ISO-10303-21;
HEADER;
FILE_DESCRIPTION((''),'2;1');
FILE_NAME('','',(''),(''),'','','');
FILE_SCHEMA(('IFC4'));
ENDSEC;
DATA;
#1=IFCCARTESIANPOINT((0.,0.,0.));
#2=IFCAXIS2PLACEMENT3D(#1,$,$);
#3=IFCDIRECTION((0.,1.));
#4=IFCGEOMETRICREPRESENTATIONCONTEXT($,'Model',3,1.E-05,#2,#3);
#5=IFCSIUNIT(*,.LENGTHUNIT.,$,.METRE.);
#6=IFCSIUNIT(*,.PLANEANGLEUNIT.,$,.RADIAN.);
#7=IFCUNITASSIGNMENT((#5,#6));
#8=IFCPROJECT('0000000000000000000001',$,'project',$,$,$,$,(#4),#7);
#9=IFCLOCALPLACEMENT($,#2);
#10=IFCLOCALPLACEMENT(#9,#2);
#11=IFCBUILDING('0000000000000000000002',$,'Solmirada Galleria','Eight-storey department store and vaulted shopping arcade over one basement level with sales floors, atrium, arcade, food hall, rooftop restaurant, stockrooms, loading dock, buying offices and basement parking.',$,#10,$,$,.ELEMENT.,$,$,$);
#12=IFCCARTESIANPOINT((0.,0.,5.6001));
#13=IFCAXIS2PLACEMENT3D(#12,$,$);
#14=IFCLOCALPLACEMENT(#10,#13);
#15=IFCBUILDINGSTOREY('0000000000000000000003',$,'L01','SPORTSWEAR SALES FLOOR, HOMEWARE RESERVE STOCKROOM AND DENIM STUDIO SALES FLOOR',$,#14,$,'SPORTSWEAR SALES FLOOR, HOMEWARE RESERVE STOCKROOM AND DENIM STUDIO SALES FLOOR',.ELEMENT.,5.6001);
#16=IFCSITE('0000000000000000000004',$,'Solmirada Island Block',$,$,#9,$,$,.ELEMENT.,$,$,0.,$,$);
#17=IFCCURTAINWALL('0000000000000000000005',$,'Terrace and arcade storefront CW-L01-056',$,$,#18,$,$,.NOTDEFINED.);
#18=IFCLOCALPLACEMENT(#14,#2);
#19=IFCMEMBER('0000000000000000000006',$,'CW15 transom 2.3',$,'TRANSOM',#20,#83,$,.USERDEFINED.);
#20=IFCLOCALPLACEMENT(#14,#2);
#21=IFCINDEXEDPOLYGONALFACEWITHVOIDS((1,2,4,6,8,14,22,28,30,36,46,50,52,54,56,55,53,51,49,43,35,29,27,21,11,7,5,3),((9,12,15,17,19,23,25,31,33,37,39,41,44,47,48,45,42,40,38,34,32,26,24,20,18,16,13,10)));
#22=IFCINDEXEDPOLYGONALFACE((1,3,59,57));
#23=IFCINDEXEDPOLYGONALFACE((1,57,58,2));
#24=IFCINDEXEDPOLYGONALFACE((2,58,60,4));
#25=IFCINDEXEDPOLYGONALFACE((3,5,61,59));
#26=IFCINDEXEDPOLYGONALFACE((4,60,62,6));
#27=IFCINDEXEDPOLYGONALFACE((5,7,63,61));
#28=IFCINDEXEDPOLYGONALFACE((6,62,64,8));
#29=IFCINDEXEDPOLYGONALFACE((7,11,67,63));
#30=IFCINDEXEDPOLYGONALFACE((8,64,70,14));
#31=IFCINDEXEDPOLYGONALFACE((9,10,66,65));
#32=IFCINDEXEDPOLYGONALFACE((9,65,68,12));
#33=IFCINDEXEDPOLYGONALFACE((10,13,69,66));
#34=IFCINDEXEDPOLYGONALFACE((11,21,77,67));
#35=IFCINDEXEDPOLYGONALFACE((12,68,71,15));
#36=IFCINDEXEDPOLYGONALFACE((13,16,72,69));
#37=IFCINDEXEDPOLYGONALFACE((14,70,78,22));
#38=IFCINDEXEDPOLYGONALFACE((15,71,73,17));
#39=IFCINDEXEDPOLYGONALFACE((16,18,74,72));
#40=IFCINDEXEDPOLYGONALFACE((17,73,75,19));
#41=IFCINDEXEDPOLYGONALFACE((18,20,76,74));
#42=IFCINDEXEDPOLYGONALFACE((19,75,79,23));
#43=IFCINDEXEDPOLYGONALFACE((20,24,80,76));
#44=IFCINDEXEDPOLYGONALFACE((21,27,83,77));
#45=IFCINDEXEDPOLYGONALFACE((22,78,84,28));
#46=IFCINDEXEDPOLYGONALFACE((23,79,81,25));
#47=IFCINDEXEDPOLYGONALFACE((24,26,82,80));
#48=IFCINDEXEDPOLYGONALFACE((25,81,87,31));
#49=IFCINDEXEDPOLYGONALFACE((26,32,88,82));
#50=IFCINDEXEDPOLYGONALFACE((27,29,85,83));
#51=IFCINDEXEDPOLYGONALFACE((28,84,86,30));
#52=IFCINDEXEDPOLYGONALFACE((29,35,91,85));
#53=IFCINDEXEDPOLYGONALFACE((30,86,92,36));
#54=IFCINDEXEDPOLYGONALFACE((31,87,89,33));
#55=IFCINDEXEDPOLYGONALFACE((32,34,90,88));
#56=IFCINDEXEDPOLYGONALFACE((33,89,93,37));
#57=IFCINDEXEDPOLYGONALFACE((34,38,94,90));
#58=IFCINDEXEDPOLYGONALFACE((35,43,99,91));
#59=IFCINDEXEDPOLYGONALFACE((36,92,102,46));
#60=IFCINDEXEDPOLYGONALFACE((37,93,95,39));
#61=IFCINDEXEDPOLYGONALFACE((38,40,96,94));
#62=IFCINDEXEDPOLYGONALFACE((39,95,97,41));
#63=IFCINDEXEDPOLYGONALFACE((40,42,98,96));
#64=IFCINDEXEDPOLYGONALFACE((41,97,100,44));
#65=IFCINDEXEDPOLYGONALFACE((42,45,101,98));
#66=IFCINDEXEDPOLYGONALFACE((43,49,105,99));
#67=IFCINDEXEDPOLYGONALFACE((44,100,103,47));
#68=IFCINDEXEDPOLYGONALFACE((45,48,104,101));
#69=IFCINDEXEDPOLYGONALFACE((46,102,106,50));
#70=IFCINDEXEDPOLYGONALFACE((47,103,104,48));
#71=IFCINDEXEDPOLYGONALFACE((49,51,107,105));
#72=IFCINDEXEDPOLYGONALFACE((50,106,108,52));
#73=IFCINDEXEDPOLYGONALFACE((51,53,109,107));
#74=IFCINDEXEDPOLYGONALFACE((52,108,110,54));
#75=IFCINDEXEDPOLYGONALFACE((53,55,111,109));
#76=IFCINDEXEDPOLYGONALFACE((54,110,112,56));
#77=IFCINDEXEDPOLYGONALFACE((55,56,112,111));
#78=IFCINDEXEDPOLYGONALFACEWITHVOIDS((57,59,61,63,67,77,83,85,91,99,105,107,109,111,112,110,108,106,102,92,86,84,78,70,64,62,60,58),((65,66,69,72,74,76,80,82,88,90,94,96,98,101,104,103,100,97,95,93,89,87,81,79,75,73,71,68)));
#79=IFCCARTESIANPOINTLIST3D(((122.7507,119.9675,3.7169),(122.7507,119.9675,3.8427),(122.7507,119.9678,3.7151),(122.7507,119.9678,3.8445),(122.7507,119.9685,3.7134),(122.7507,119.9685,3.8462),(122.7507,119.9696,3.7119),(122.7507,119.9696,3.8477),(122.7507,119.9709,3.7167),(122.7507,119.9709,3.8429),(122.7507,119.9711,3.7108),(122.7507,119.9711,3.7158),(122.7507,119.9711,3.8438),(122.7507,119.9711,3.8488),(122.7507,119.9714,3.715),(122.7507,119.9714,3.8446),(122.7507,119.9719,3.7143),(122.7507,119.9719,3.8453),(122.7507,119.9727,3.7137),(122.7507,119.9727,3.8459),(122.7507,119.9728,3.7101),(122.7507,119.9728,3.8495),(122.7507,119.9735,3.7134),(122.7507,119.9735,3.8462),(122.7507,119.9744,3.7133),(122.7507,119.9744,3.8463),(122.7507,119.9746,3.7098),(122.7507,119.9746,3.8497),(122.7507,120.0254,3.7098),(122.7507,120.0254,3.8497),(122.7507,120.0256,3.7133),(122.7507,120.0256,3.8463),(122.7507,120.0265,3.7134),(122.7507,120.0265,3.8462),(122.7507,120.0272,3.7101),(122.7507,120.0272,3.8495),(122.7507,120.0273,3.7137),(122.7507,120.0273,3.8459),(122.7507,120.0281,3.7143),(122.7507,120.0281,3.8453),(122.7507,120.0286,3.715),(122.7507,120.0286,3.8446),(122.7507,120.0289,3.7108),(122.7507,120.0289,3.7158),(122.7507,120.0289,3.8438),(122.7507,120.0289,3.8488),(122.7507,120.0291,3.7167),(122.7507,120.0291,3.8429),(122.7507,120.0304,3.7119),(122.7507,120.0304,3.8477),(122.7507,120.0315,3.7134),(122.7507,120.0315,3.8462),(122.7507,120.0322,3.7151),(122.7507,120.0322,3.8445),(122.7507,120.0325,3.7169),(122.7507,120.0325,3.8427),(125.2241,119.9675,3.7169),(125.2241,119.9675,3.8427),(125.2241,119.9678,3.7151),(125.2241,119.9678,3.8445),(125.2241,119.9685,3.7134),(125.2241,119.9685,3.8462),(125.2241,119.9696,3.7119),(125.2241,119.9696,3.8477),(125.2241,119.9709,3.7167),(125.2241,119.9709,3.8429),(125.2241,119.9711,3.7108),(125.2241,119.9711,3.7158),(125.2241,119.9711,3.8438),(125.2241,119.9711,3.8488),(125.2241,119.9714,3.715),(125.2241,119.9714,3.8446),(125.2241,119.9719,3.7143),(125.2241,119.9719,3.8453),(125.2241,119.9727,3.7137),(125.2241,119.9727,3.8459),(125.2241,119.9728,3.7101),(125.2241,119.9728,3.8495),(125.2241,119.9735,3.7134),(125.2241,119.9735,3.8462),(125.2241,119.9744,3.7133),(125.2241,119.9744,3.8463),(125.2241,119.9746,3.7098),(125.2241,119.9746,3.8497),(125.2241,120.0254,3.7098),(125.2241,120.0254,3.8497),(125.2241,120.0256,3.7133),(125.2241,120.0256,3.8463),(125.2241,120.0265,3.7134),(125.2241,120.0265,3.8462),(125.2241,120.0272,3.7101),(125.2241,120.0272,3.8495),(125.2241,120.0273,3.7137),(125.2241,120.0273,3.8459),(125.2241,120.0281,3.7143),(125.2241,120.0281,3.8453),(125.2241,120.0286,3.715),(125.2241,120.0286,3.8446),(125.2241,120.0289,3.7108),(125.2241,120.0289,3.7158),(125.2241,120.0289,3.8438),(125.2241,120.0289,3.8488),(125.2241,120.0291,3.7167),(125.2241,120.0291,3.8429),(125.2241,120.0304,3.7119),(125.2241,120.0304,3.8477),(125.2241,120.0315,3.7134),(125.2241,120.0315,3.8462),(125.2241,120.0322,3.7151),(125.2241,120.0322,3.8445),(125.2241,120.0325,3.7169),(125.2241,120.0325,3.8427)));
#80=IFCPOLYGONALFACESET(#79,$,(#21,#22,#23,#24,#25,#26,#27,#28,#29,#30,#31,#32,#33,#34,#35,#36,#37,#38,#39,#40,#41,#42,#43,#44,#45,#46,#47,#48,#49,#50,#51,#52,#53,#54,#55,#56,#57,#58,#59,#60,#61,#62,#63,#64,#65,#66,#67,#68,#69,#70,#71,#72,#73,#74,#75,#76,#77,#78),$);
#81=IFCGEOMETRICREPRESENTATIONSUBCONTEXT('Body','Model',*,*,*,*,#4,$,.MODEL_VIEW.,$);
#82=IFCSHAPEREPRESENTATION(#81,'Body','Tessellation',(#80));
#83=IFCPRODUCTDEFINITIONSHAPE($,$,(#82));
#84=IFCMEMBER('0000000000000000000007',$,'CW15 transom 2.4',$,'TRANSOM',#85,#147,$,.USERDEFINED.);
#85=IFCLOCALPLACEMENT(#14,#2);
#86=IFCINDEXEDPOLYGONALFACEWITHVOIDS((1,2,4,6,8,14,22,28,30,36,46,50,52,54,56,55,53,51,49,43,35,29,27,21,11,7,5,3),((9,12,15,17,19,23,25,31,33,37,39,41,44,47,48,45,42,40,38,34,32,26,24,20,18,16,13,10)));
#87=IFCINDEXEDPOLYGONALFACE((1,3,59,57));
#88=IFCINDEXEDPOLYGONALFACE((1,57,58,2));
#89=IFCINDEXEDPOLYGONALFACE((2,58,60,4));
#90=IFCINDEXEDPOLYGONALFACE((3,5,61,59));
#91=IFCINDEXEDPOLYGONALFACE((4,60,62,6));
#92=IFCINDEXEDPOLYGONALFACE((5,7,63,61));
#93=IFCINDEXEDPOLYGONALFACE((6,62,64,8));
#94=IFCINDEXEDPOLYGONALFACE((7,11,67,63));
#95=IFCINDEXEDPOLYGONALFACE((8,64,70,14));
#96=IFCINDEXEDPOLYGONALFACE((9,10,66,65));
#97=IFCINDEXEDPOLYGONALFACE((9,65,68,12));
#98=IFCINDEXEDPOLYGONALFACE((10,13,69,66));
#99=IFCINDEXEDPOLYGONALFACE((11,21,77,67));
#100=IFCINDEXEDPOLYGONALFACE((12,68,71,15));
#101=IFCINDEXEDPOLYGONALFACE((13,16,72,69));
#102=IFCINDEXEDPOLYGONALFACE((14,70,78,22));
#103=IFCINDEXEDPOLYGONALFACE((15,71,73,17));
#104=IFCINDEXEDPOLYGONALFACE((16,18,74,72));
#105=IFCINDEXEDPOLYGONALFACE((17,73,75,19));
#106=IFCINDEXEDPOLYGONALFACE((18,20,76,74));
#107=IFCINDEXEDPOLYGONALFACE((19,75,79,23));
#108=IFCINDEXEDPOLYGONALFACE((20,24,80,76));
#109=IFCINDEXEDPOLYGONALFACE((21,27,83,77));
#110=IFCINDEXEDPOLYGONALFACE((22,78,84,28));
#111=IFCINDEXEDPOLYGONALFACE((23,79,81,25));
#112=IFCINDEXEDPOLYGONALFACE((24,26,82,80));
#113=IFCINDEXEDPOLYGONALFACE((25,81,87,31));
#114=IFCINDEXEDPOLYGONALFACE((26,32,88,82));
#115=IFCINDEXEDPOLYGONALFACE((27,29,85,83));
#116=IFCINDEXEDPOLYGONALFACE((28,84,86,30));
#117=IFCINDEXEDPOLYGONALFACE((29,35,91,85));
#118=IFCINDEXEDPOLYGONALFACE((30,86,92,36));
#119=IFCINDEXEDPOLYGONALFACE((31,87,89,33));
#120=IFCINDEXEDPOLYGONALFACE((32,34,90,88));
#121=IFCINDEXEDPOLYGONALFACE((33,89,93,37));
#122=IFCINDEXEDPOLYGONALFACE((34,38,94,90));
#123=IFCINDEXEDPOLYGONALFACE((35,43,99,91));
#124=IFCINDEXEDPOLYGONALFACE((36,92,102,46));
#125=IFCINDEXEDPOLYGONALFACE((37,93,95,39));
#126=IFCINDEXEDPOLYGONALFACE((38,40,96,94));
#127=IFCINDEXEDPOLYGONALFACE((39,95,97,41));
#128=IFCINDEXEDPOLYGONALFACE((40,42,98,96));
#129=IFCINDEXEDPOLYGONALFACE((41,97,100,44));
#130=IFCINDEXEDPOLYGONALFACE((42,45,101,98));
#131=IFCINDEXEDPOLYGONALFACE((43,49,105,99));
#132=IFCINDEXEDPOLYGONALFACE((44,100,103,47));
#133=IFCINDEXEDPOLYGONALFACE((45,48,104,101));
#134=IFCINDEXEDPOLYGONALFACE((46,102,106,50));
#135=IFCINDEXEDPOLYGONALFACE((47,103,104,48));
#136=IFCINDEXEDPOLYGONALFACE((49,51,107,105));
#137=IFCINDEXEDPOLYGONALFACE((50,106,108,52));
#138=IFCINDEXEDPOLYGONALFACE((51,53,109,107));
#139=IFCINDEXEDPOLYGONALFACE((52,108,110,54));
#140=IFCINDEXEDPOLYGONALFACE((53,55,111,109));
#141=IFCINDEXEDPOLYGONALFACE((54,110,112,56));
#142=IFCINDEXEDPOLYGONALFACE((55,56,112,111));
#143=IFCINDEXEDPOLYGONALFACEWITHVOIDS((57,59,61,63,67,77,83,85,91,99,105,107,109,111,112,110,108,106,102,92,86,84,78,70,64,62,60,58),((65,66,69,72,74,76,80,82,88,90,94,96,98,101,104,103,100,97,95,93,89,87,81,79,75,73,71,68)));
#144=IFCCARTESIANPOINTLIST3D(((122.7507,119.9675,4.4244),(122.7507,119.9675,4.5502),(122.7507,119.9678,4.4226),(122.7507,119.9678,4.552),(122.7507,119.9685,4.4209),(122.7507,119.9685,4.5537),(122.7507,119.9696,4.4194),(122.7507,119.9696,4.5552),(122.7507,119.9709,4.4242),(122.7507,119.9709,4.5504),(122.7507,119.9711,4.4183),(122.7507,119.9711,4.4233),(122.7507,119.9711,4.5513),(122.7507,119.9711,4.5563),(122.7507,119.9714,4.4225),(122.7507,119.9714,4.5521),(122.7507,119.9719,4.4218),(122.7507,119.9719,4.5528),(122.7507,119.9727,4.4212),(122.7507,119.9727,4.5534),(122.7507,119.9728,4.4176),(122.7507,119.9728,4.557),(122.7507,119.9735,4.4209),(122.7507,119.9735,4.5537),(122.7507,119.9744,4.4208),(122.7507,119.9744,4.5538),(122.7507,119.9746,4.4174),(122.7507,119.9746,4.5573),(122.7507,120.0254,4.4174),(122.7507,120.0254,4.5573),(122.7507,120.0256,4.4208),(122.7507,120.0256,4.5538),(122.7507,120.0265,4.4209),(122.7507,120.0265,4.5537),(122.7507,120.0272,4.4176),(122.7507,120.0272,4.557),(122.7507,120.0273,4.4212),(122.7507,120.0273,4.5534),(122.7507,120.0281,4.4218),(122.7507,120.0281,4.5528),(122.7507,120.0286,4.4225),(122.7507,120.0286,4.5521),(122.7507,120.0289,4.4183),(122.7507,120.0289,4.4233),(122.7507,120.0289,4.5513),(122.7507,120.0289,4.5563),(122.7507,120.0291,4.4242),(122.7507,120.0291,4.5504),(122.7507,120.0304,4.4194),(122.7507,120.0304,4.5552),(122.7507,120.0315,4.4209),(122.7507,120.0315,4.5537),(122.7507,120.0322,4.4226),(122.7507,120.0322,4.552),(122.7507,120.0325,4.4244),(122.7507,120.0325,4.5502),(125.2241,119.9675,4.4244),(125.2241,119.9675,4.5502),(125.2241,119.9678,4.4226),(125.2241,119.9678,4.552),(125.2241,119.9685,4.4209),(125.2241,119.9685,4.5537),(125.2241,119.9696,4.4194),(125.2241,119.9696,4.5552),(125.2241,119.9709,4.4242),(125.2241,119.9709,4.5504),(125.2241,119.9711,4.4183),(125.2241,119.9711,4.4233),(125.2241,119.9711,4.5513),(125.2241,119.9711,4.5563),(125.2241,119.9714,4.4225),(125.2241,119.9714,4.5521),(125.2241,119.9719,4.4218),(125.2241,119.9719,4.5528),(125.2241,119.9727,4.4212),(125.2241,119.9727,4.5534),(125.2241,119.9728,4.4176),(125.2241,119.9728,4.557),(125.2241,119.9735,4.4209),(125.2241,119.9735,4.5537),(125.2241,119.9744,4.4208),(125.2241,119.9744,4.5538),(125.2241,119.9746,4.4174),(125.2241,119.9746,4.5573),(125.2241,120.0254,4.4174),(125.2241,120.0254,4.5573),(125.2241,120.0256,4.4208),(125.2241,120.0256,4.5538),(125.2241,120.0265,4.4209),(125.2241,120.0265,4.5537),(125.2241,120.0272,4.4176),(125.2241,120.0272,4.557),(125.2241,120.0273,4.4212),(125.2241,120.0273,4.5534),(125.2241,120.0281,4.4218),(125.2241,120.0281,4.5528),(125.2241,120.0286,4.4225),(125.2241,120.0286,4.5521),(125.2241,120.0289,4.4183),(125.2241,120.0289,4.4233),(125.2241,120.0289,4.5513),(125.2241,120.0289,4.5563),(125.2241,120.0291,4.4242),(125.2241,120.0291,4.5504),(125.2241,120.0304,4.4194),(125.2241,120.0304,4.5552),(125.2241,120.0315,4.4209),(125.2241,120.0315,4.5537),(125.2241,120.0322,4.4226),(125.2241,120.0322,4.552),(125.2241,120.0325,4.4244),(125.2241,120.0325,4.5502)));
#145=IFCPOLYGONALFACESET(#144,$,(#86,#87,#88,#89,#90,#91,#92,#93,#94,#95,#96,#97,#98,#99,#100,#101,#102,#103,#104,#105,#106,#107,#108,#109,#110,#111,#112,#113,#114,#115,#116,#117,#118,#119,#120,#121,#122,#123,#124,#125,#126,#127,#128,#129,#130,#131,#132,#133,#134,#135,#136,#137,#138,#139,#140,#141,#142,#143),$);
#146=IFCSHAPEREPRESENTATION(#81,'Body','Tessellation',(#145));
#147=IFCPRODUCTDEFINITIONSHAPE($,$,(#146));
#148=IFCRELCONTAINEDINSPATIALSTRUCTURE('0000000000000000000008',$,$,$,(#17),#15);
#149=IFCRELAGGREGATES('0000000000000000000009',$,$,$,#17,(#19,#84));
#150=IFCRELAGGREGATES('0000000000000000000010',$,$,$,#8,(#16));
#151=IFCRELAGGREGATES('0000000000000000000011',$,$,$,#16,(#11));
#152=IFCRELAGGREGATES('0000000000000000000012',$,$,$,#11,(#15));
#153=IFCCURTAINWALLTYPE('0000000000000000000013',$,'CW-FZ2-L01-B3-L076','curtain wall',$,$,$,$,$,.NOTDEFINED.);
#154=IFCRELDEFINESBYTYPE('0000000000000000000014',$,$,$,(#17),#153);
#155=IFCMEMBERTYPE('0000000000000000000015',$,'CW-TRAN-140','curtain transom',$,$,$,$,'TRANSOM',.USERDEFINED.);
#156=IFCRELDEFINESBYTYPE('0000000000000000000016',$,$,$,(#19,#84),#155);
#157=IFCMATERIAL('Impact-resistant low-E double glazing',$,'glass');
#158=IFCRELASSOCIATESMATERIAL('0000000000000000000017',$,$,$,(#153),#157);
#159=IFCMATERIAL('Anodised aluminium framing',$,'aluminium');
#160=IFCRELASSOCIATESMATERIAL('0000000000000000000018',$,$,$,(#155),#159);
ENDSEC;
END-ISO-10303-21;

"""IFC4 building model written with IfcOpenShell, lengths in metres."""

from ifc_helpers import new_model, si_unit, direction, frame, origin, origin_2d, place, context, subcontext, project, spatial, hollow_rectangle, extrude, material, material_profile, profile_set, type_object, element, aggregate, save


model = new_model("IFC4")

# Units and contexts
model_context = context("Model", 3, precision=1e-05, world=origin(), true_north=direction((0.0, 1.0)))
body_context = subcontext(model_context, "Body", "Model", "MODEL_VIEW")
ifc_project = project(units=[si_unit("LENGTHUNIT", "METRE"), si_unit("PLANEANGLEUNIT", "RADIAN")], contexts=[model_context])

# Site, building, storey
site_placement = place(None, origin())
site = spatial("IfcSite", under=ifc_project, at=site_placement, Name="Solmirada Island Block", CompositionType="ELEMENT", RefElevation=0.0)
building_placement = place(site_placement, origin())
building = spatial("IfcBuilding", under=site, at=building_placement, Name="Solmirada Galleria", Description="Eight-storey department store and vaulted shopping arcade over one basement level with sales floors, atrium, arcade, food hall, rooftop restaurant, stockrooms, loading dock, buying offices and basement parking.", CompositionType="ELEMENT")
storey_placement = place(building_placement, frame((0.0, 0.0, 5.6001)))
storey = spatial("IfcBuildingStorey", under=building, at=storey_placement, Name="L01", Description="SPORTSWEAR SALES FLOOR, HOMEWARE RESERVE STOCKROOM AND DENIM STUDIO SALES FLOOR", LongName="SPORTSWEAR SALES FLOOR, HOMEWARE RESERVE STOCKROOM AND DENIM STUDIO SALES FLOOR", CompositionType="ELEMENT", Elevation=5.6001)

# Curtain wall
ifc_material_1 = material(Name="Impact-resistant low-E double glazing", Category="glass")
curtain_wall_type = type_object("IfcCurtainWallType", Name="CW-FZ2-L01-B3-L076", Description="curtain wall", PredefinedType="NOTDEFINED", material=ifc_material_1)
curtain_wall_1_placement = place(storey_placement, origin())
curtain_wall_1 = element("IfcCurtainWall", 1, at=curtain_wall_1_placement, inside=storey, type_object=curtain_wall_type, Name="Terrace and arcade storefront CW-L01-056", PredefinedType="NOTDEFINED")
ifc_material_2 = material(Name="Anodised aluminium framing", Category="aluminium")

# Members
ifc_material_profile_1 = material_profile(ifc_material_2, hollow_rectangle(XDim=0.0649, YDim=0.1399, WallThickness=0.0034, InnerFilletRadius=0.0034, OuterFilletRadius=0.0071, at=origin_2d()), Name="ALU-TRAN-140X65")
ifc_profile_set_1 = profile_set([ifc_material_profile_1], Name="Anodised aluminium framing")
member_type_1 = type_object("IfcMemberType", Name="CW-TRAN-140", Description="curtain transom", ElementType="TRANSOM", PredefinedType="USERDEFINED", material=ifc_profile_set_1)
member_1_placement = place(storey_placement, frame((122.7507, 120.0, 3.7798), z_axis=(1.0, 0.0, 0.0), x_axis=(0.0, 1.0, 0.0)))
member_1 = element("IfcMember", 2, at=member_1_placement, type_object=member_type_1, Name="CW15 transom 2.3", ObjectType="TRANSOM", PredefinedType="USERDEFINED", context=body_context, shape_type="SweptSolid", body=[
    extrude(hollow_rectangle(XDim=0.0649, YDim=0.1399, WallThickness=0.0034, InnerFilletRadius=0.0034, OuterFilletRadius=0.0071, at=origin_2d()), origin(), (0.0, 0.0, 1.0), 2.4734),
])
member_2_placement = place(storey_placement, frame((122.7507, 120.0, 4.4873), z_axis=(1.0, 0.0, 0.0), x_axis=(0.0, 1.0, 0.0)))
member_2 = element("IfcMember", 3, at=member_2_placement, type_object=member_type_1, Name="CW15 transom 2.4", ObjectType="TRANSOM", PredefinedType="USERDEFINED", context=body_context, shape_type="SweptSolid", body=[
    extrude(hollow_rectangle(XDim=0.0649, YDim=0.1399, WallThickness=0.0034, InnerFilletRadius=0.0034, OuterFilletRadius=0.0071, at=origin_2d()), origin(), (0.0, 0.0, 1.0), 2.4734),
])

aggregate(curtain_wall_1, [member_1, member_2])

save(model, "model.ifc")
